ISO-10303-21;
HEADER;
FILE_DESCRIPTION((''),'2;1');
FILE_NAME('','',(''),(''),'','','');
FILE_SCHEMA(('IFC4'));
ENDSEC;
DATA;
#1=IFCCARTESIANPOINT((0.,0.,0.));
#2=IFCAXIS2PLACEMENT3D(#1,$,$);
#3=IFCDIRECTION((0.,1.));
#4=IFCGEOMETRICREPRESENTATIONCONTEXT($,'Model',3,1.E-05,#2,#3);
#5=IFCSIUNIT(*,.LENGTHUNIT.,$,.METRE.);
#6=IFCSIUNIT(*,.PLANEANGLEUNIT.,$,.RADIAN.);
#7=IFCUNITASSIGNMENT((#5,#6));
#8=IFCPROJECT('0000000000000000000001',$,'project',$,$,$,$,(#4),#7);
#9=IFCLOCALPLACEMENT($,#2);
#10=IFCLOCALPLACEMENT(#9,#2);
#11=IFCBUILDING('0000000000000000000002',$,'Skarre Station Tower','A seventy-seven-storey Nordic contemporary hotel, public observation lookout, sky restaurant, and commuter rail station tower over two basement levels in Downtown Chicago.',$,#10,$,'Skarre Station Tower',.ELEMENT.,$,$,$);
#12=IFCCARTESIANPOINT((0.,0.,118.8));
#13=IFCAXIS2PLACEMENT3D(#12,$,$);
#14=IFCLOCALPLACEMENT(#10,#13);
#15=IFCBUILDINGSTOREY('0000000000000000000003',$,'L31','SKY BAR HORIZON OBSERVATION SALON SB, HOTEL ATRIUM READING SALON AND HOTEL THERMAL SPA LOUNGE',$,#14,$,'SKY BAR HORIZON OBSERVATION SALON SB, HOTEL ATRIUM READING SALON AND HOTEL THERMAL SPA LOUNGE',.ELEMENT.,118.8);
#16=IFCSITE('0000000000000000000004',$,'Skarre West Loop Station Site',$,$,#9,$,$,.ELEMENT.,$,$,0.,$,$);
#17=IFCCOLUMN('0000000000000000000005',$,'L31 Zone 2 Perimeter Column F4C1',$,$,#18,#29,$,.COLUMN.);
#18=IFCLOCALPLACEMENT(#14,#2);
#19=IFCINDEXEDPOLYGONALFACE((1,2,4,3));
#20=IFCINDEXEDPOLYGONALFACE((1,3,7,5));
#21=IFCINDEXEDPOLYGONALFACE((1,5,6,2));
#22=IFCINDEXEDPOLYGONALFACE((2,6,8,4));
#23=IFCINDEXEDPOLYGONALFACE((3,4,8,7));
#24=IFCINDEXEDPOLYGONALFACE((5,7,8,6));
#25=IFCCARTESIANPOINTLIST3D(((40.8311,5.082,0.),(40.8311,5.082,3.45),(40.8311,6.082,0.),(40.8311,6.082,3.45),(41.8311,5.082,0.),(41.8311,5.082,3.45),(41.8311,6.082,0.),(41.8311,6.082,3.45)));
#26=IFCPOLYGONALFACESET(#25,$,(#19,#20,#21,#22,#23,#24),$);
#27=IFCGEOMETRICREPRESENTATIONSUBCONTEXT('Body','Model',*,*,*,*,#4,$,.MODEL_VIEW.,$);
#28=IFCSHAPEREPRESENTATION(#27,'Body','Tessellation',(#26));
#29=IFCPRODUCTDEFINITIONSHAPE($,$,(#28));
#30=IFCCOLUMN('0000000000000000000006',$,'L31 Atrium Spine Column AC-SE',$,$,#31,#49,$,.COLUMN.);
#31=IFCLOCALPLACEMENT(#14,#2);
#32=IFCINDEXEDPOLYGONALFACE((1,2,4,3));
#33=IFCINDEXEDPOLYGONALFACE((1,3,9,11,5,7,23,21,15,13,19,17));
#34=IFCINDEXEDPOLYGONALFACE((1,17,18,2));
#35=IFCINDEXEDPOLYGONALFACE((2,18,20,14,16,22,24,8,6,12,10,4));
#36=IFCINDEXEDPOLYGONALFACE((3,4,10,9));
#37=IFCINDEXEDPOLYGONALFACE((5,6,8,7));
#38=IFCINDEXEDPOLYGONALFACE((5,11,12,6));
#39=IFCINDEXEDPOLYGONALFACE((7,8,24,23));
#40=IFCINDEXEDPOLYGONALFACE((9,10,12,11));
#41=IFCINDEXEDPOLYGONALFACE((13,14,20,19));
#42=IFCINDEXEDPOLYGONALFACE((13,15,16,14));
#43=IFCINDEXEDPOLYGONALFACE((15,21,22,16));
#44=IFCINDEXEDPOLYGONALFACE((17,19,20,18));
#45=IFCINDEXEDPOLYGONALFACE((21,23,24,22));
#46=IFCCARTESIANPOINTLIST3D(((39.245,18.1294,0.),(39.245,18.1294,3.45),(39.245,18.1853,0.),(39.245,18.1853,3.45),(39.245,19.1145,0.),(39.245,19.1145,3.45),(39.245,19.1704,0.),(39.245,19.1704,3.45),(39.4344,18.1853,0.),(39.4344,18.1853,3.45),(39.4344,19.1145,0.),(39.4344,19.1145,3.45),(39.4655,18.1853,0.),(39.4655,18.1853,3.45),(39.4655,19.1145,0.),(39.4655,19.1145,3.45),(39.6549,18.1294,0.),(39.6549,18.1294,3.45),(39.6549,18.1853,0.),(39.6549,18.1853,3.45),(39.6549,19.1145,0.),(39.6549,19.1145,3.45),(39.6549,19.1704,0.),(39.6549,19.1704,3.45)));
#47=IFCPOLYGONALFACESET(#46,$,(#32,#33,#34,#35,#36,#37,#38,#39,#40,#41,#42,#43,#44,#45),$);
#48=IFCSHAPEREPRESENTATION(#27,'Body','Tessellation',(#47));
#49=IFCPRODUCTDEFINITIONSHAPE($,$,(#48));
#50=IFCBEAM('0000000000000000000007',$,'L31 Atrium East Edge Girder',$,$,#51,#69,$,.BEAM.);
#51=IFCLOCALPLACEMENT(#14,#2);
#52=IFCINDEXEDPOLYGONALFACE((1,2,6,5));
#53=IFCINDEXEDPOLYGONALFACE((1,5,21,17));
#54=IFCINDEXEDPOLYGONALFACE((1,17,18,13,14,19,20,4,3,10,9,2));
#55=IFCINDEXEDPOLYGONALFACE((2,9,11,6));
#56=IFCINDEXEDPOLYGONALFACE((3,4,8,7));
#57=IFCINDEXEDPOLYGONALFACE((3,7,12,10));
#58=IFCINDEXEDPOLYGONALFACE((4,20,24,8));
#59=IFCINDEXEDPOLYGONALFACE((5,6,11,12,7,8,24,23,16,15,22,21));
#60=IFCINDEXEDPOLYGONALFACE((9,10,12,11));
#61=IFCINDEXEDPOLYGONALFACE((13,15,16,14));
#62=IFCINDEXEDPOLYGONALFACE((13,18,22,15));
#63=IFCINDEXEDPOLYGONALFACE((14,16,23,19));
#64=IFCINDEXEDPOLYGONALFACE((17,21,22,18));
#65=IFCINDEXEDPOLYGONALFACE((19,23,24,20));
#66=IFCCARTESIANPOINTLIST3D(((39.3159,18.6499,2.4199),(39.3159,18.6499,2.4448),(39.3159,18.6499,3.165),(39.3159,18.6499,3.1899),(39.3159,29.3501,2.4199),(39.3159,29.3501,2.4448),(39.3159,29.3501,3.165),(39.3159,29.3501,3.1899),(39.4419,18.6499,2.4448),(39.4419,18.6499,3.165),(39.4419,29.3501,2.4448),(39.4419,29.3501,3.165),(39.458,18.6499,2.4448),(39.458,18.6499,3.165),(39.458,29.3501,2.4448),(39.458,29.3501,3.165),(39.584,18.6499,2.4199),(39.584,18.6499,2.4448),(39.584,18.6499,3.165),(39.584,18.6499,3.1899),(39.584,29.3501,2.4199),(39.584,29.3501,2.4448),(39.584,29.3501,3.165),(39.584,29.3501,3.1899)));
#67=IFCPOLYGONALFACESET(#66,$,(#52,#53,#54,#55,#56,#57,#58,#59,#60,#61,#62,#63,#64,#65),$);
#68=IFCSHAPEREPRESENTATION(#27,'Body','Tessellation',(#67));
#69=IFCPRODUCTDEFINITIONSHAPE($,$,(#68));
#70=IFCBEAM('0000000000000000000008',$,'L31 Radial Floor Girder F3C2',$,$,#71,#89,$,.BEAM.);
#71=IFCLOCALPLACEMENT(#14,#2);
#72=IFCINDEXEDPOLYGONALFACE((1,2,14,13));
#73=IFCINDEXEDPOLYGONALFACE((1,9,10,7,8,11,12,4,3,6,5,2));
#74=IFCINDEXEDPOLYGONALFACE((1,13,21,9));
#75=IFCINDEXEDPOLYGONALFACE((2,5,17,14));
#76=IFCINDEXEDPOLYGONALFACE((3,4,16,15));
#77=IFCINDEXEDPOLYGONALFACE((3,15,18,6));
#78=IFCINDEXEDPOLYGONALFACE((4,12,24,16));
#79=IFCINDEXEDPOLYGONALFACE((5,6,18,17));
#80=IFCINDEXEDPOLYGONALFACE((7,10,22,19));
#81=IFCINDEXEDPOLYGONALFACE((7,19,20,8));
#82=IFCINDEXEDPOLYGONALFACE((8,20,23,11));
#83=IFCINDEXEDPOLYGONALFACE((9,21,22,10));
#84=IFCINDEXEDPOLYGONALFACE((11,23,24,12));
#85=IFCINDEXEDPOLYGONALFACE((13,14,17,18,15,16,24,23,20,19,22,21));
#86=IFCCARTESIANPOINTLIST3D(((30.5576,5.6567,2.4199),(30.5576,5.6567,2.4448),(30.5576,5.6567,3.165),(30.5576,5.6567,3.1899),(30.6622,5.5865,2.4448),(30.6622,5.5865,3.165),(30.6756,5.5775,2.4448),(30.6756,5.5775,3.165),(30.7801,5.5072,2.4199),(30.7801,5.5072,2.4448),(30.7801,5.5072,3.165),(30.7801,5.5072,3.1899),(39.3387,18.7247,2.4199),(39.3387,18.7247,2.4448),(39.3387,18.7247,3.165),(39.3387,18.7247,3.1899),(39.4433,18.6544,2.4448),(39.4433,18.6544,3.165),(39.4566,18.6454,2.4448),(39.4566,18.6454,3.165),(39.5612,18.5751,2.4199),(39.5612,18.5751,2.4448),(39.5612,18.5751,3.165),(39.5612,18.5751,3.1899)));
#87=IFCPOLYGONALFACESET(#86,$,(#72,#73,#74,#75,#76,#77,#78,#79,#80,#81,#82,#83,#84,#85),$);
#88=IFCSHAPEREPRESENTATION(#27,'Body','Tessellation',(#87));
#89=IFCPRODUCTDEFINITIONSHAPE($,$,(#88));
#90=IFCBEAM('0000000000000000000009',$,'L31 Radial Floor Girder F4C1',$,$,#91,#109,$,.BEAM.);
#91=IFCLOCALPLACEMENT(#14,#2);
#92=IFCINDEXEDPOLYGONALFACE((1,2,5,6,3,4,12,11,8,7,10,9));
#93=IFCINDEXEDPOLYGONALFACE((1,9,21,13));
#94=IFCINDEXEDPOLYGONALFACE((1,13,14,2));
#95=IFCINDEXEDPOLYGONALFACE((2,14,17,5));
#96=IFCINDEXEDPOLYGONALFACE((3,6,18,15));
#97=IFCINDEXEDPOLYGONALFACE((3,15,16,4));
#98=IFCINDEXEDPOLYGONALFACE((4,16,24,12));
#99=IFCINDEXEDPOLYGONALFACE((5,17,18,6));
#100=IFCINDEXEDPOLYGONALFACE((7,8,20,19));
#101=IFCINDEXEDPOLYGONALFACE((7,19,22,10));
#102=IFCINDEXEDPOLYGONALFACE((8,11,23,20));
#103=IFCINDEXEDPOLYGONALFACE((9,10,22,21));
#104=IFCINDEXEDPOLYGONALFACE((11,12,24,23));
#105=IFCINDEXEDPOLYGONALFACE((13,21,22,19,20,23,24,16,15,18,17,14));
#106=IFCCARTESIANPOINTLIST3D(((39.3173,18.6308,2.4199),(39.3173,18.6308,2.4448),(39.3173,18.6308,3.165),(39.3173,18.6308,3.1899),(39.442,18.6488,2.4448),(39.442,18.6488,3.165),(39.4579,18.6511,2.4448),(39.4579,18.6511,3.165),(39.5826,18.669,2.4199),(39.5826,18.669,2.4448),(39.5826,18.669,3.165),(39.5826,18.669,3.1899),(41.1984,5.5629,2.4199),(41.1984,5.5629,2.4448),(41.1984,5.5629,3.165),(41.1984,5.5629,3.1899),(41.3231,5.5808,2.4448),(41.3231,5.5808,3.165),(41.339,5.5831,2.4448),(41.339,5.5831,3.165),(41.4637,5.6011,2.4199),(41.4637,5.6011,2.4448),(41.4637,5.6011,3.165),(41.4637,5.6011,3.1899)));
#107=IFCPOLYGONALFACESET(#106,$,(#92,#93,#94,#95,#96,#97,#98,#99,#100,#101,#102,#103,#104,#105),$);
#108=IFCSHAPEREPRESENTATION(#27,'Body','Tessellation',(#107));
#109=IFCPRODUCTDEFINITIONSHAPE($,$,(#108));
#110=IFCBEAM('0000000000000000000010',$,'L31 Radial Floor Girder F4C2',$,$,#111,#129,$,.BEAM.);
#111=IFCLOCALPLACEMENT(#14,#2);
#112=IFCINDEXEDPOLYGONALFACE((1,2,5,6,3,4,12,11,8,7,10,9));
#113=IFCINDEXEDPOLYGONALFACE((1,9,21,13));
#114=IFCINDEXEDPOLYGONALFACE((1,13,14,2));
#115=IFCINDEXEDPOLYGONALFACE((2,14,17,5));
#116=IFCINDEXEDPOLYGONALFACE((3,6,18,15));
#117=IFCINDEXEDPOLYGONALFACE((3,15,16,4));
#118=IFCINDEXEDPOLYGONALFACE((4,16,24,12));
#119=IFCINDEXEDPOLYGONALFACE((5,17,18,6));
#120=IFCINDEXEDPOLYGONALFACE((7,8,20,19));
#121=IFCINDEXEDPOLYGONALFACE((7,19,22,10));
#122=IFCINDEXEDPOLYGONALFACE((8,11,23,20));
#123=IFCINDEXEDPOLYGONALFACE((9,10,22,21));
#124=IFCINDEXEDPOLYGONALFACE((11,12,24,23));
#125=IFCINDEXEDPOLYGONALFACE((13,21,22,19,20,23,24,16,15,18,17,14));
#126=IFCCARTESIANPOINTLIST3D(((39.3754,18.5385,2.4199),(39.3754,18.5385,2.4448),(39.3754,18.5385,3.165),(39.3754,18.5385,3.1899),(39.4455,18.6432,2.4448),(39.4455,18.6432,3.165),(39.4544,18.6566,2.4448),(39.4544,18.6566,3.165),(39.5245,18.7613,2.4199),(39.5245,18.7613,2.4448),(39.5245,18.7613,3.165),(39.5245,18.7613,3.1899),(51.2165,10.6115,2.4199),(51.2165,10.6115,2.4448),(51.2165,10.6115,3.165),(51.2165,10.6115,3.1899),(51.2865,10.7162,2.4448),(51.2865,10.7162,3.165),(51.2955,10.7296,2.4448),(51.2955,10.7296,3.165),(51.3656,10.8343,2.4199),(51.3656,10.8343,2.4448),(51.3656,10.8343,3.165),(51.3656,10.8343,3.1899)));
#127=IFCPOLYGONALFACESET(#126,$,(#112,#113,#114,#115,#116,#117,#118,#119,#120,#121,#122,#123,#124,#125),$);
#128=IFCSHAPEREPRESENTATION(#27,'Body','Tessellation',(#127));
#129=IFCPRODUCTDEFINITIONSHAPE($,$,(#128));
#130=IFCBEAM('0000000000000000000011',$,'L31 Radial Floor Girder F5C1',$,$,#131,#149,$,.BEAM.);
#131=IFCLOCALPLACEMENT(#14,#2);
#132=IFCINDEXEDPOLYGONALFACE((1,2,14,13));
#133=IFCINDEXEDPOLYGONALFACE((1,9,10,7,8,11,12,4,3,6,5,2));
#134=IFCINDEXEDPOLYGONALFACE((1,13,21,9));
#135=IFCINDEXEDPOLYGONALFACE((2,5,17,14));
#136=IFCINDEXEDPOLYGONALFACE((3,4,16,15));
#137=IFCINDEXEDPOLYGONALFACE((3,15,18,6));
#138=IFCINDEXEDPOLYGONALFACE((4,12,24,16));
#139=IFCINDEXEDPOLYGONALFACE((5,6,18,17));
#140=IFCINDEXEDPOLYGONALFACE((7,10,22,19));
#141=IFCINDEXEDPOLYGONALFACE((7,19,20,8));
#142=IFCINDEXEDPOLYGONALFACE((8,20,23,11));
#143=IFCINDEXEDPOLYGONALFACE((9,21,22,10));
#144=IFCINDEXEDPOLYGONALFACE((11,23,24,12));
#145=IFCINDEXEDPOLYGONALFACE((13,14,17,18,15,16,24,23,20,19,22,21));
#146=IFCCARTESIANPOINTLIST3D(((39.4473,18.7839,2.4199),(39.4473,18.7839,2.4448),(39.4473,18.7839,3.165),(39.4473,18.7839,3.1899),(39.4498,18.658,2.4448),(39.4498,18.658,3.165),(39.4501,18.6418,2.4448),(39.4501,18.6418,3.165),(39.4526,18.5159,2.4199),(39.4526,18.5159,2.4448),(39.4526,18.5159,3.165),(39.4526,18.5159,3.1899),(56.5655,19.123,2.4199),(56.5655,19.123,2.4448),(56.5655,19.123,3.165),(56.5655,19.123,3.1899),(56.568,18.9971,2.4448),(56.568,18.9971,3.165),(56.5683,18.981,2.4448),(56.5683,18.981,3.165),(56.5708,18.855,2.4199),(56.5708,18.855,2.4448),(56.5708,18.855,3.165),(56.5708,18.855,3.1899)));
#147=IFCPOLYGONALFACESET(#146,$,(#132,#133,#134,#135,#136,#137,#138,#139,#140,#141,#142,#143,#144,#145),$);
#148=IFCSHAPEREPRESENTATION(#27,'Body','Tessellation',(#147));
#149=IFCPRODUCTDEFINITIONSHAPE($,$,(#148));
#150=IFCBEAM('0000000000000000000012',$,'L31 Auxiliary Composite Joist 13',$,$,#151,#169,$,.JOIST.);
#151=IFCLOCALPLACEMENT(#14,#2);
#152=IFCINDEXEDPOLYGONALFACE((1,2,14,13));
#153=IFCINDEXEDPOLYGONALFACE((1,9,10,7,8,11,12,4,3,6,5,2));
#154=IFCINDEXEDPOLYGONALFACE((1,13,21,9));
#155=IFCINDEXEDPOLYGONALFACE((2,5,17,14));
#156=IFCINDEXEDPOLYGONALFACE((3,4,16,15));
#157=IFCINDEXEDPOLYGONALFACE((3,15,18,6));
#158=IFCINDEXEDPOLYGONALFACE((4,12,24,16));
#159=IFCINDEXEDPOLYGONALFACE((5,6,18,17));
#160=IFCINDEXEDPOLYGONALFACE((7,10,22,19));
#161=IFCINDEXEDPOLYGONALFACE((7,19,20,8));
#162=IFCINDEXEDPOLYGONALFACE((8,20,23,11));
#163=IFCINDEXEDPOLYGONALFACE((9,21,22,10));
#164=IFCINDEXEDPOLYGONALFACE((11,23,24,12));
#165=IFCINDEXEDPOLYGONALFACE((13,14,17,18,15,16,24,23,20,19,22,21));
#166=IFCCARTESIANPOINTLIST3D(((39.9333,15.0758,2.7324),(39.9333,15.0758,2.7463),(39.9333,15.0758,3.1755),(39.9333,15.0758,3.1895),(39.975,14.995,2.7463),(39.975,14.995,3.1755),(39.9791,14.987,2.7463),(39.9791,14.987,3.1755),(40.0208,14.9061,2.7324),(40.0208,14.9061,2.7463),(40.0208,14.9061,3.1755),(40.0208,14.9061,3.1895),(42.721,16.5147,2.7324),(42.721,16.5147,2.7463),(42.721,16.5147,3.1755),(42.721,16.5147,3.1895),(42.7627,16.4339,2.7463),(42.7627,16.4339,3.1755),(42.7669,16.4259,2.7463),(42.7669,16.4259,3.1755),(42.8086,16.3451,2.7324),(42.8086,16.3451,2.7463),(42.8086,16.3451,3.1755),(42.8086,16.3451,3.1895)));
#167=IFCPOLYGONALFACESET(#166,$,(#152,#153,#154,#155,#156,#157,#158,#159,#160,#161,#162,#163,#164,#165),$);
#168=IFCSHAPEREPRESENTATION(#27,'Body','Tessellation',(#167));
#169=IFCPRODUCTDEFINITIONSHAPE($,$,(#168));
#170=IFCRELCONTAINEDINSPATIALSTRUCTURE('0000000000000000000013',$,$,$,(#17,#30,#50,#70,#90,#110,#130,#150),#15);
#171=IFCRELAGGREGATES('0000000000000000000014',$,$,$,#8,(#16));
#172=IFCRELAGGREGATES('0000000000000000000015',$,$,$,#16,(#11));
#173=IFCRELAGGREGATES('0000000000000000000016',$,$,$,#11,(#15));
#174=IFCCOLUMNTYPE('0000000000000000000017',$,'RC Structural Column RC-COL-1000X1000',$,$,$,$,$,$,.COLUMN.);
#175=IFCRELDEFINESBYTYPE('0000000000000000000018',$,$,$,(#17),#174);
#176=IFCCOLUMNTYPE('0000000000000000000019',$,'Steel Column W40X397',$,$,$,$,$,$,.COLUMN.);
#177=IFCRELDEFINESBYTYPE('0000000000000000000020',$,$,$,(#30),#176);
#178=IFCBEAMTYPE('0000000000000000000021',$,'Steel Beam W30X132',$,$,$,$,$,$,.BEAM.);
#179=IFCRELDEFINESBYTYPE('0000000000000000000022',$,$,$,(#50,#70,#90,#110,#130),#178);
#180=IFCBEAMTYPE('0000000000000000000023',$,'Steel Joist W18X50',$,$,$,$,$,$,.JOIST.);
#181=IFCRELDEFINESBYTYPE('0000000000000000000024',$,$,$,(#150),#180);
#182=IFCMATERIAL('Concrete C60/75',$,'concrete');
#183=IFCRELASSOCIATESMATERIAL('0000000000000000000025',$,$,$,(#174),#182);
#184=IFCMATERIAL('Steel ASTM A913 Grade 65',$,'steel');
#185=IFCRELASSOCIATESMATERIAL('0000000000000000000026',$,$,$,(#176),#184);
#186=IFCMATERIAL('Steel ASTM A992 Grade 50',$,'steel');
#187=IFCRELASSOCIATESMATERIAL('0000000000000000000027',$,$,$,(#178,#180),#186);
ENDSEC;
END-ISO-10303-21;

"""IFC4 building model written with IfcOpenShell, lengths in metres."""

from ifc_helpers import new_model, si_unit, direction, frame, origin, origin_2d, place, context, subcontext, project, spatial, rectangle, i_section, extrude, material, material_profile, profile_set, type_object, element, save


model = new_model("IFC4")

# Units and contexts
model_context = context("Model", 3, precision=1e-05, world=origin(), true_north=direction((0.0, 1.0)))
body_context = subcontext(model_context, "Body", "Model", "MODEL_VIEW")
ifc_project = project(units=[si_unit("LENGTHUNIT", "METRE"), si_unit("PLANEANGLEUNIT", "RADIAN")], contexts=[model_context])

# Site, building, storey
site_placement = place(None, origin())
site = spatial("IfcSite", under=ifc_project, at=site_placement, Name="Skarre West Loop Station Site", CompositionType="ELEMENT", RefElevation=0.0)
building_placement = place(site_placement, origin())
building = spatial("IfcBuilding", under=site, at=building_placement, Name="Skarre Station Tower", Description="A seventy-seven-storey Nordic contemporary hotel, public observation lookout, sky restaurant, and commuter rail station tower over two basement levels in Downtown Chicago.", LongName="Skarre Station Tower", CompositionType="ELEMENT")
storey_placement = place(building_placement, frame((0.0, 0.0, 118.8)))
storey = spatial("IfcBuildingStorey", under=building, at=storey_placement, Name="L31", Description="SKY BAR HORIZON OBSERVATION SALON SB, HOTEL ATRIUM READING SALON AND HOTEL THERMAL SPA LOUNGE", LongName="SKY BAR HORIZON OBSERVATION SALON SB, HOTEL ATRIUM READING SALON AND HOTEL THERMAL SPA LOUNGE", CompositionType="ELEMENT", Elevation=118.8)

# Columns
ifc_material_1 = material(Name="Concrete C60/75", Category="concrete")
ifc_material_profile_1 = material_profile(ifc_material_1, rectangle(XDim=1.0, YDim=1.0, at=origin_2d()), Name="Concrete C60/75")
ifc_profile_set_1 = profile_set([ifc_material_profile_1], Name="Concrete C60/75")
column_type_1 = type_object("IfcColumnType", Name="RC Structural Column RC-COL-1000X1000", PredefinedType="COLUMN", material=ifc_profile_set_1)
column_1_placement = place(storey_placement, frame((41.3311, 5.582, 0.0), z_axis=(0.0, 0.0, 1.0), x_axis=(1.0, 0.0, 0.0)))
element("IfcColumn", 1, at=column_1_placement, inside=storey, type_object=column_type_1, Name="L31 Zone 2 Perimeter Column F4C1", PredefinedType="COLUMN", context=body_context, shape_type="SweptSolid", body=[
    extrude(rectangle(XDim=1.0, YDim=1.0, at=origin_2d()), origin(), (0.0, 0.0, 1.0), 3.45),
])
ifc_material_2 = material(Name="Steel ASTM A913 Grade 65", Category="steel")
ifc_material_profile_2 = material_profile(ifc_material_2, i_section(OverallWidth=0.4099, OverallDepth=1.041, WebThickness=0.031, FlangeThickness=0.0559, at=origin_2d()), Name="Steel ASTM A913 Grade 65")
ifc_profile_set_2 = profile_set([ifc_material_profile_2], Name="Steel ASTM A913 Grade 65")
column_type_2 = type_object("IfcColumnType", Name="Steel Column W40X397", PredefinedType="COLUMN", material=ifc_profile_set_2)
column_2_placement = place(storey_placement, frame((39.45, 18.6499, 0.0), z_axis=(0.0, 0.0, 1.0), x_axis=(1.0, 0.0, 0.0)))
element("IfcColumn", 2, at=column_2_placement, inside=storey, type_object=column_type_2, Name="L31 Atrium Spine Column AC-SE", PredefinedType="COLUMN", context=body_context, shape_type="SweptSolid", body=[
    extrude(i_section(OverallWidth=0.4099, OverallDepth=1.041, WebThickness=0.031, FlangeThickness=0.0559, at=origin_2d()), origin(), (0.0, 0.0, 1.0), 3.45),
])

# Beams
ifc_material_3 = material(Name="Steel ASTM A992 Grade 50", Category="steel")
ifc_material_profile_3 = material_profile(ifc_material_3, i_section(OverallWidth=0.2681, OverallDepth=0.77, WebThickness=0.0161, FlangeThickness=0.0249, at=origin_2d()), Name="Steel ASTM A992 Grade 50")
ifc_profile_set_3 = profile_set([ifc_material_profile_3], Name="Steel ASTM A992 Grade 50")
beam_type_1 = type_object("IfcBeamType", Name="Steel Beam W30X132", PredefinedType="BEAM", material=ifc_profile_set_3)
beam_1_placement = place(storey_placement, frame((39.45, 18.6499, 2.8049), z_axis=(0.0, 1.0, 0.0), x_axis=(-1.0, 0.0, 0.0)))
element("IfcBeam", 3, at=beam_1_placement, inside=storey, type_object=beam_type_1, Name="L31 Atrium East Edge Girder", PredefinedType="BEAM", context=body_context, shape_type="SweptSolid", body=[
    extrude(i_section(OverallWidth=0.2681, OverallDepth=0.77, WebThickness=0.0161, FlangeThickness=0.0249, at=origin_2d()), origin(), (0.0, 0.0, 1.0), 10.7002),
])
beam_2_placement = place(storey_placement, frame((39.45, 18.6499, 2.8049), z_axis=(-0.557735, -0.830019, 0.0), x_axis=(0.830019, -0.557735, 0.0)))
element("IfcBeam", 4, at=beam_2_placement, inside=storey, type_object=beam_type_1, Name="L31 Radial Floor Girder F3C2", PredefinedType="BEAM", context=body_context, shape_type="SweptSolid", body=[
    extrude(i_section(OverallWidth=0.2681, OverallDepth=0.77, WebThickness=0.0161, FlangeThickness=0.0249, at=origin_2d()), origin(), (0.0, 0.0, 1.0), 15.7441),
])
beam_3_placement = place(storey_placement, frame((39.45, 18.6499, 2.8049), z_axis=(0.14248, -0.989798, 0.0), x_axis=(0.989798, 0.14248, 0.0)))
element("IfcBeam", 5, at=beam_3_placement, inside=storey, type_object=beam_type_1, Name="L31 Radial Floor Girder F4C1", PredefinedType="BEAM", context=body_context, shape_type="SweptSolid", body=[
    extrude(i_section(OverallWidth=0.2681, OverallDepth=0.77, WebThickness=0.0161, FlangeThickness=0.0249, at=origin_2d()), origin(), (0.0, 0.0, 1.0), 13.2026),
])
beam_4_placement = place(storey_placement, frame((39.45, 18.6499, 2.8049), z_axis=(0.830981, -0.5563, 0.0), x_axis=(0.5563, 0.830981, 0.0)))
element("IfcBeam", 6, at=beam_4_placement, inside=storey, type_object=beam_type_1, Name="L31 Radial Floor Girder F4C2", PredefinedType="BEAM", context=body_context, shape_type="SweptSolid", body=[
    extrude(i_section(OverallWidth=0.2681, OverallDepth=0.77, WebThickness=0.0161, FlangeThickness=0.0249, at=origin_2d()), origin(), (0.0, 0.0, 1.0), 14.2495),
])
beam_5_placement = place(storey_placement, frame((39.45, 18.6499, 2.8049), z_axis=(0.999804, 0.019806, 0.0), x_axis=(-0.019806, 0.999804, 0.0)))
element("IfcBeam", 7, at=beam_5_placement, inside=storey, type_object=beam_type_1, Name="L31 Radial Floor Girder F5C1", PredefinedType="BEAM", context=body_context, shape_type="SweptSolid", body=[
    extrude(i_section(OverallWidth=0.2681, OverallDepth=0.77, WebThickness=0.0161, FlangeThickness=0.0249, at=origin_2d()), origin(), (0.0, 0.0, 1.0), 17.1216),
])
ifc_material_profile_4 = material_profile(ifc_material_3, i_section(OverallWidth=0.1909, OverallDepth=0.457, WebThickness=0.009, FlangeThickness=0.0139, at=origin_2d()), Name="Steel ASTM A992 Grade 50")
ifc_profile_set_4 = profile_set([ifc_material_profile_4], Name="Steel ASTM A992 Grade 50")
beam_type_2 = type_object("IfcBeamType", Name="Steel Joist W18X50", PredefinedType="JOIST", material=ifc_profile_set_4)
beam_6_placement = place(storey_placement, frame((39.9771, 14.991, 2.9609), z_axis=(0.88861, 0.458663, 0.0), x_axis=(-0.458663, 0.88861, 0.0)))
element("IfcBeam", 8, at=beam_6_placement, inside=storey, type_object=beam_type_2, Name="L31 Auxiliary Composite Joist 13", PredefinedType="JOIST", context=body_context, shape_type="SweptSolid", body=[
    extrude(i_section(OverallWidth=0.1909, OverallDepth=0.457, WebThickness=0.009, FlangeThickness=0.0139, at=origin_2d()), origin(), (0.0, 0.0, 1.0), 3.1372),
])

save(model, "model.ifc")
